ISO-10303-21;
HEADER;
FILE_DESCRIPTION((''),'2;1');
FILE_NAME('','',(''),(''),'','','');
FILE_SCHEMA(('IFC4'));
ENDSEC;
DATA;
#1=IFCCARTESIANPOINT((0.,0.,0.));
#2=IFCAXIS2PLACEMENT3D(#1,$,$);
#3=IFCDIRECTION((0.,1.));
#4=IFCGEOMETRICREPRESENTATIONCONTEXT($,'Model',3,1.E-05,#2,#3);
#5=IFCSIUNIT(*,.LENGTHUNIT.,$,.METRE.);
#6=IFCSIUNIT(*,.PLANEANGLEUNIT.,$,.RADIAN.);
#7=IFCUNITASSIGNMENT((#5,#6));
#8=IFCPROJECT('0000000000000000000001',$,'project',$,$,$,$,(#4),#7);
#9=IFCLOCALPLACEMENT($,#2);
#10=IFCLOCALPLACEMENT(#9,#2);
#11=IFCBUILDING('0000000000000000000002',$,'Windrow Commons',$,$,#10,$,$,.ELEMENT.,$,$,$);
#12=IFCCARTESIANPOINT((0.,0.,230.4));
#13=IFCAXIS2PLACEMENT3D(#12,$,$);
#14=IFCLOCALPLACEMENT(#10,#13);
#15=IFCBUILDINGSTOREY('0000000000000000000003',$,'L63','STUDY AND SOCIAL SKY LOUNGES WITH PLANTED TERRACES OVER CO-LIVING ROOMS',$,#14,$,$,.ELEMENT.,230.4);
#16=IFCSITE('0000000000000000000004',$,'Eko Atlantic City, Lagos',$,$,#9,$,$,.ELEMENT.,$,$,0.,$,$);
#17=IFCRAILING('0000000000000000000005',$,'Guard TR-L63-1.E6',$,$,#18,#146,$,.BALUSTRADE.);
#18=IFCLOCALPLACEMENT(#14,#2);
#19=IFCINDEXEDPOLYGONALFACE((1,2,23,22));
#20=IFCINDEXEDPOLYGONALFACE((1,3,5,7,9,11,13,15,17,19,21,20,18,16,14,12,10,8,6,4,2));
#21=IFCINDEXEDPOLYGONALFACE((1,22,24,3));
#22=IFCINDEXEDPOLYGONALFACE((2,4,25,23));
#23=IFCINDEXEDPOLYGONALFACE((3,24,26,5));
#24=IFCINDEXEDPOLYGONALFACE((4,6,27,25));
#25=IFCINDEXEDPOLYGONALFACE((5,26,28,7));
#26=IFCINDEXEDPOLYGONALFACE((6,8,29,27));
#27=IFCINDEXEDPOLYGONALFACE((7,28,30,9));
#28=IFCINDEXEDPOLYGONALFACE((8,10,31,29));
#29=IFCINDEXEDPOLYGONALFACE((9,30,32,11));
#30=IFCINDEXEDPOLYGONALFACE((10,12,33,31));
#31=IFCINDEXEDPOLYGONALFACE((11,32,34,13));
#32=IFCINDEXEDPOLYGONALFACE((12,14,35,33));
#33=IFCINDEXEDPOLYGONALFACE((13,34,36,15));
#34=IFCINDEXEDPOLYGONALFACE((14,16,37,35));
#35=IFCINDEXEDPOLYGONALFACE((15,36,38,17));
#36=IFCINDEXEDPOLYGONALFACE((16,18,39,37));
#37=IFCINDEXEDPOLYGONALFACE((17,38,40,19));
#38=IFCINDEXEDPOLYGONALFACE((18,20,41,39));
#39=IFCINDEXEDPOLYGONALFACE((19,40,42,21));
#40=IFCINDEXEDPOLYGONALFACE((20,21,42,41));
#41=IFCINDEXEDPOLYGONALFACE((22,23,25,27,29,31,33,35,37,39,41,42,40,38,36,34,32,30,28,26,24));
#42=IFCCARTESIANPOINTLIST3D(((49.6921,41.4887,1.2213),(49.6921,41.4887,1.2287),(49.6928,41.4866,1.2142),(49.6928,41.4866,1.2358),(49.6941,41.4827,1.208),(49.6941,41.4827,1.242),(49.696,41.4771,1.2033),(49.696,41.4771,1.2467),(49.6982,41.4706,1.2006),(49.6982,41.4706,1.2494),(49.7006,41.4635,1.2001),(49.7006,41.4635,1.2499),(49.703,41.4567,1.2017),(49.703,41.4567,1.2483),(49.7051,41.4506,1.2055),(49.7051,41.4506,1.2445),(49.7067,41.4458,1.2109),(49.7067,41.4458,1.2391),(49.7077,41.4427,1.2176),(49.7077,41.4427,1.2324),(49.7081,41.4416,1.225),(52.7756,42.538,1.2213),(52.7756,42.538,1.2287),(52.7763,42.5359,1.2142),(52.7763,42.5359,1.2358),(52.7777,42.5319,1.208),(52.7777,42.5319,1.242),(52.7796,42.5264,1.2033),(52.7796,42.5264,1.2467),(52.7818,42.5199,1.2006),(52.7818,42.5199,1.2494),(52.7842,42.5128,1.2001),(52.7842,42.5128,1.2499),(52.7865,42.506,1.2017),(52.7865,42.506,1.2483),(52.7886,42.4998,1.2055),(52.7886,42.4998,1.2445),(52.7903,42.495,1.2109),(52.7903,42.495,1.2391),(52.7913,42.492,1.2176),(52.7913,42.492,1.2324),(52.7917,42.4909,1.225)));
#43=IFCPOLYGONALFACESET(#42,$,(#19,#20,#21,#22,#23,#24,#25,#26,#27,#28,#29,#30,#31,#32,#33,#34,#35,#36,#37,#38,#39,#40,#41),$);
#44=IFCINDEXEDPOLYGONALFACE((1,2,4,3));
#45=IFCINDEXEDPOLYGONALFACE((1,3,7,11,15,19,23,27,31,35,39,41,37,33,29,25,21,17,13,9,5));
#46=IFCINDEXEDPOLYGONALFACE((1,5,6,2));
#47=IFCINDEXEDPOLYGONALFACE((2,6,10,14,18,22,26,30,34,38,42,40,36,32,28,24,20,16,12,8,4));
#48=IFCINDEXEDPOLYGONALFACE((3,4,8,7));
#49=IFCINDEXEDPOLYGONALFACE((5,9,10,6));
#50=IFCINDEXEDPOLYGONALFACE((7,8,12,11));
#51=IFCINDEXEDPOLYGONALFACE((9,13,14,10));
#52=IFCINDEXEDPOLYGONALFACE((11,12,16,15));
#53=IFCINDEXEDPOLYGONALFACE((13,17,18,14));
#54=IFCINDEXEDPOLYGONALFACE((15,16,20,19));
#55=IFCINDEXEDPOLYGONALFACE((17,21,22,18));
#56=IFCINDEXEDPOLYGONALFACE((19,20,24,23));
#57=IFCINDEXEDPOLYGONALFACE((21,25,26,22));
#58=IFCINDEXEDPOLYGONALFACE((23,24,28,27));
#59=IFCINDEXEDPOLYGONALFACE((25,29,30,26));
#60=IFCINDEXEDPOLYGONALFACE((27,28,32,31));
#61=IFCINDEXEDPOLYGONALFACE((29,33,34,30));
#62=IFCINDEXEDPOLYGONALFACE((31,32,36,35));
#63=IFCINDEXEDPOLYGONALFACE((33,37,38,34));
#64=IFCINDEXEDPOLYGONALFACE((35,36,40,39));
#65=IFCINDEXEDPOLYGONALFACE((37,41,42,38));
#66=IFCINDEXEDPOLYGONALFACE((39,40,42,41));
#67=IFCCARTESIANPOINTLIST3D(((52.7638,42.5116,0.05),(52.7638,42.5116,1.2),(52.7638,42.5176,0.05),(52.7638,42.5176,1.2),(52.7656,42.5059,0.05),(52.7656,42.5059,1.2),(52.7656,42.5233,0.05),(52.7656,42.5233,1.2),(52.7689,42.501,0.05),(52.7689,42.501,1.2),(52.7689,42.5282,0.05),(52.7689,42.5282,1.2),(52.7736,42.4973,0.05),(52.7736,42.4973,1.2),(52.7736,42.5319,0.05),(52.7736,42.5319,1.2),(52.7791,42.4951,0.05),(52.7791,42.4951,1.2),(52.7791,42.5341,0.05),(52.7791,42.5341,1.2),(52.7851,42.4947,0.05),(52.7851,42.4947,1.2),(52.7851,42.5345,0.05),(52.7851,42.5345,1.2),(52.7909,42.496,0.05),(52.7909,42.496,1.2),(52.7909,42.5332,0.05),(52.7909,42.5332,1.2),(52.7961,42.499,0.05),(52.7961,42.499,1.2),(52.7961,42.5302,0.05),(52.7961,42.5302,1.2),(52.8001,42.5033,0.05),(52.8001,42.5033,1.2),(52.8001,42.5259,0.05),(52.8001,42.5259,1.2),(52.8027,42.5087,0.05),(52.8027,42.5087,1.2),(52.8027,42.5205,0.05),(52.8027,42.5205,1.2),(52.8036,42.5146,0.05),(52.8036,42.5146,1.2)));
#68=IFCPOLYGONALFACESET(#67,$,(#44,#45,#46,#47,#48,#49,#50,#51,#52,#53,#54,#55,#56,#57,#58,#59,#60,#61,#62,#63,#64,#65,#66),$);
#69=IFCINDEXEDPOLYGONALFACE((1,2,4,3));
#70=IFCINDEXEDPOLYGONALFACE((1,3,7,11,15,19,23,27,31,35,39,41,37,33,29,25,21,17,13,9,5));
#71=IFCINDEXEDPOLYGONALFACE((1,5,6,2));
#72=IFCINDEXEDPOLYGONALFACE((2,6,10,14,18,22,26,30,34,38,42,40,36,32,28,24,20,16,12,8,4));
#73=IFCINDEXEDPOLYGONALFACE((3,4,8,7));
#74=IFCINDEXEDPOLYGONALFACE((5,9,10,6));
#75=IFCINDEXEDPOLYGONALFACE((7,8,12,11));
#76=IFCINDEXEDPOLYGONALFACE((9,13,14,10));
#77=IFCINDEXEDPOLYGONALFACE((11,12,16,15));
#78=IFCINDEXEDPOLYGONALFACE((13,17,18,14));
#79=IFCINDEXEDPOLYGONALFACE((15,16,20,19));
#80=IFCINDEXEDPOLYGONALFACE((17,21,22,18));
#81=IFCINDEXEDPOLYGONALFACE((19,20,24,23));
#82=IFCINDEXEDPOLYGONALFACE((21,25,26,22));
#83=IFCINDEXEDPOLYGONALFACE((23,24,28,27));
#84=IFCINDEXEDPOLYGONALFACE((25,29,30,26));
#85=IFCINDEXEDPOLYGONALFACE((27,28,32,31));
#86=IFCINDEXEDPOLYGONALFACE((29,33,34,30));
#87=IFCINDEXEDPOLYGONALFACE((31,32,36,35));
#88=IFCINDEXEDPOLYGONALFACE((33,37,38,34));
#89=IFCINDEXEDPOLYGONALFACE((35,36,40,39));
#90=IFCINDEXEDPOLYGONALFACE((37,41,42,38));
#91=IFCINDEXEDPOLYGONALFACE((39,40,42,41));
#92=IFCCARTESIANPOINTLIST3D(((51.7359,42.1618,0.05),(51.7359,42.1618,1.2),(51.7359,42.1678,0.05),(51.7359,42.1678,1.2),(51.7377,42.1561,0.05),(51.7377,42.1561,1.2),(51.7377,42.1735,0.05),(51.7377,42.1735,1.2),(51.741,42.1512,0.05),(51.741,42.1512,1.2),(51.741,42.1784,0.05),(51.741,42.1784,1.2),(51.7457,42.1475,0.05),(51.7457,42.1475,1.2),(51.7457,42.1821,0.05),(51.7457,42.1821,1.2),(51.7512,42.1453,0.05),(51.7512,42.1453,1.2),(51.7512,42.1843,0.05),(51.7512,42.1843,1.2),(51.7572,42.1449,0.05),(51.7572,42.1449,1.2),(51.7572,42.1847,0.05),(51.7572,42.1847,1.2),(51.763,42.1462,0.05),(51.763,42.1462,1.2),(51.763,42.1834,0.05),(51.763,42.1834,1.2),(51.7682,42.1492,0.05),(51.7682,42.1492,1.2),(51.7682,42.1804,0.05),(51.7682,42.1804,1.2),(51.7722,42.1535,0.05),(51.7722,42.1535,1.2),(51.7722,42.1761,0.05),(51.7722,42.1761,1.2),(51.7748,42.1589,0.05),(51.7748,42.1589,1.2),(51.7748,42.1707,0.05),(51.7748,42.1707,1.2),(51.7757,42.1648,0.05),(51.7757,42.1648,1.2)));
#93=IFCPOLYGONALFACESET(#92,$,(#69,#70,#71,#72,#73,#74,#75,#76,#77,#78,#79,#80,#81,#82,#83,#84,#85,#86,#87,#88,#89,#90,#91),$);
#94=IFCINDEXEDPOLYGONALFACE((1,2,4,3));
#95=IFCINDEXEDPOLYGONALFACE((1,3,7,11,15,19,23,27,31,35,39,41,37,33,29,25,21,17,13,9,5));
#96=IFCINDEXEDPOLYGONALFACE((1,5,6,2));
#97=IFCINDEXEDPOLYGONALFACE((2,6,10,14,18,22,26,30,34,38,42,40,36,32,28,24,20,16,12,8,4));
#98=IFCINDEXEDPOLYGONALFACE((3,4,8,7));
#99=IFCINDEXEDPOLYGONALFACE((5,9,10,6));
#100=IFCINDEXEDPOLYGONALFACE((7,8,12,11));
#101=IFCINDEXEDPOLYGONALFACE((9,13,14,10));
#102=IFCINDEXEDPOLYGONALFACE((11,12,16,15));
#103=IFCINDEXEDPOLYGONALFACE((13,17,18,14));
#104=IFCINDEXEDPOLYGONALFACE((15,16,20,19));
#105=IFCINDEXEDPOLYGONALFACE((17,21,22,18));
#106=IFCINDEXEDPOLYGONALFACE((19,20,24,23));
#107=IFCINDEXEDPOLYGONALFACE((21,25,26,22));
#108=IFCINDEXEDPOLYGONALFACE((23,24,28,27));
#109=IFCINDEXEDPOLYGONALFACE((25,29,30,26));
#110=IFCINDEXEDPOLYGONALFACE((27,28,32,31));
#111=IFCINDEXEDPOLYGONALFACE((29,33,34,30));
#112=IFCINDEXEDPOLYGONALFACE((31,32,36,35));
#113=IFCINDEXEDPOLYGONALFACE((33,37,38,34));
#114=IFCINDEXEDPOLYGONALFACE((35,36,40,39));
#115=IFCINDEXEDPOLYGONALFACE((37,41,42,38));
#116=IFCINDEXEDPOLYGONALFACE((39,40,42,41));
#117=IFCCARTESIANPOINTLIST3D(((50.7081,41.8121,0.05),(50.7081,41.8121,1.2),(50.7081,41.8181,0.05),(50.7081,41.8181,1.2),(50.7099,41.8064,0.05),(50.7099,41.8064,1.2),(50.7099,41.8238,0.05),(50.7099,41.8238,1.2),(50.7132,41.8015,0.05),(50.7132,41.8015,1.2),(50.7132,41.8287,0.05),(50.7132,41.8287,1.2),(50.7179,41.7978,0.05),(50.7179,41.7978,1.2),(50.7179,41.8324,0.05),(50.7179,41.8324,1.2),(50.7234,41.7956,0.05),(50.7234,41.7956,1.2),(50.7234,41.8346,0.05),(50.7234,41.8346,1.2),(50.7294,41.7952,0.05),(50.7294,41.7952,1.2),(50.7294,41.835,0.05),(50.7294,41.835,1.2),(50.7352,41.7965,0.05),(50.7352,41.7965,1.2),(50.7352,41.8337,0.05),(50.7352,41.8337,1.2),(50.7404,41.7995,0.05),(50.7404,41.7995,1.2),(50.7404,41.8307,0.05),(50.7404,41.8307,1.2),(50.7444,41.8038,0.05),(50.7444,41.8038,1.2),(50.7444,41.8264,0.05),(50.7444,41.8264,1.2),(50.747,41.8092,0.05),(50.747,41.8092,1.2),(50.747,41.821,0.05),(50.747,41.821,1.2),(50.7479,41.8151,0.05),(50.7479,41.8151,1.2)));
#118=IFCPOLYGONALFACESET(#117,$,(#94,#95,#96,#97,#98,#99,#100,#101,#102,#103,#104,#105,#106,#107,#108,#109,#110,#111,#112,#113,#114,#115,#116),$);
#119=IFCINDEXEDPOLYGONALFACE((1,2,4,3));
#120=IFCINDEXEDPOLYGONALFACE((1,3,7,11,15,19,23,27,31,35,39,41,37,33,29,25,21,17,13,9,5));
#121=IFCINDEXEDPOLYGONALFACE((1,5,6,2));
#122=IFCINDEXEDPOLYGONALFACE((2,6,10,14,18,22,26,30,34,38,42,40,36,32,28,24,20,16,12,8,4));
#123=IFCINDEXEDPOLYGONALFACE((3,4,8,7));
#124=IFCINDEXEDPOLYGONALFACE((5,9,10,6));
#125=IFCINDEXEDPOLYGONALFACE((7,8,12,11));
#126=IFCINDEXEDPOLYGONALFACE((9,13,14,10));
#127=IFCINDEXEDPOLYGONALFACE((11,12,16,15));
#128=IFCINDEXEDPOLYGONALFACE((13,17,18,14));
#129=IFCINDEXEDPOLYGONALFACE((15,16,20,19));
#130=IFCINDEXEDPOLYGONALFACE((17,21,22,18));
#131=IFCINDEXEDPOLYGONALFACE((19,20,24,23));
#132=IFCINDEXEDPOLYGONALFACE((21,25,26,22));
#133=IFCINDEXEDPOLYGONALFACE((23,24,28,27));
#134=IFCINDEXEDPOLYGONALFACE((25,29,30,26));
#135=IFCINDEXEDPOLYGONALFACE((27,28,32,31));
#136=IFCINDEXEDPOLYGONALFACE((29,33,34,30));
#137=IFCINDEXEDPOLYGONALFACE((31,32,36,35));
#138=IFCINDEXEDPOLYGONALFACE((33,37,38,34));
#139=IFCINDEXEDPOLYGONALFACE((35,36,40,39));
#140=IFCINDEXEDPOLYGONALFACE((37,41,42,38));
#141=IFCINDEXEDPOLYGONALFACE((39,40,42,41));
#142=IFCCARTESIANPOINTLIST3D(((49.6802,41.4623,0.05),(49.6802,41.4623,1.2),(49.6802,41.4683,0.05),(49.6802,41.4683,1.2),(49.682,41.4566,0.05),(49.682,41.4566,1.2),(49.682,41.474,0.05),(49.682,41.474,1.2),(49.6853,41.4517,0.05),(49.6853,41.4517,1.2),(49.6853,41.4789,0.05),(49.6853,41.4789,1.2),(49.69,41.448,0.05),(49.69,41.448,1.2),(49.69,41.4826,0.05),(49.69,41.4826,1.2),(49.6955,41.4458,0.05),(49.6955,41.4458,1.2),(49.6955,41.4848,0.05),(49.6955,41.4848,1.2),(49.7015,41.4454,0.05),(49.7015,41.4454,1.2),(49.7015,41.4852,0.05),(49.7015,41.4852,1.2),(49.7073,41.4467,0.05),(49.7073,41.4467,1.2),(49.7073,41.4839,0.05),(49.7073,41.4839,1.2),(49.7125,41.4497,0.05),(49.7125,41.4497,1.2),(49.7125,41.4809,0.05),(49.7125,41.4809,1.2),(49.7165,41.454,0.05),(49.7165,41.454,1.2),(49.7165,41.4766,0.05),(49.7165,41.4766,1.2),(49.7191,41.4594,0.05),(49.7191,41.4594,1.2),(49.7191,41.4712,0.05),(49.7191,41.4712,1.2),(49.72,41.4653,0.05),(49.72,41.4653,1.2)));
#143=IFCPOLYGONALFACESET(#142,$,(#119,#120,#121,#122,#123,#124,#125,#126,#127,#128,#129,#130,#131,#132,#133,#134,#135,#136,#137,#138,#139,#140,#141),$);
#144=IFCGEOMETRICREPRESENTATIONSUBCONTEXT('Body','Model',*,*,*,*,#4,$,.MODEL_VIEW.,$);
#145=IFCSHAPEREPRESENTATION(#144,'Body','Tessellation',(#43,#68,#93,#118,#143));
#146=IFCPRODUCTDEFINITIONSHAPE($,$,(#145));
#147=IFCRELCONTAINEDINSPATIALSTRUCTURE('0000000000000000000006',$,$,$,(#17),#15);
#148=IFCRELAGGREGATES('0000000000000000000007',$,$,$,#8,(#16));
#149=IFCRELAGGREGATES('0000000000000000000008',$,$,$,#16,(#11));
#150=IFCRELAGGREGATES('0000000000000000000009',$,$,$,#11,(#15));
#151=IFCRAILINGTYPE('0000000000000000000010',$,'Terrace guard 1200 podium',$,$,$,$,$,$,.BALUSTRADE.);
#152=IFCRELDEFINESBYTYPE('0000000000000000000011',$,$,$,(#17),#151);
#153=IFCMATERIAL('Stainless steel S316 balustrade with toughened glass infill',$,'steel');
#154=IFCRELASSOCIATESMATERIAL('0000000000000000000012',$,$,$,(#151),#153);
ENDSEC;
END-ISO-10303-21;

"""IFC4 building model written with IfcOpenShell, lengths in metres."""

from ifc_helpers import new_model, si_unit, direction, frame, origin, origin_2d, place, context, subcontext, project, spatial, circle, extrude, material, type_object, element, save


model = new_model("IFC4")

# Units and contexts
model_context = context("Model", 3, precision=1e-05, world=origin(), true_north=direction((0.0, 1.0)))
body_context = subcontext(model_context, "Body", "Model", "MODEL_VIEW")
ifc_project = project(units=[si_unit("LENGTHUNIT", "METRE"), si_unit("PLANEANGLEUNIT", "RADIAN")], contexts=[model_context])

# Site, building, storey
site_placement = place(None, origin())
site = spatial("IfcSite", under=ifc_project, at=site_placement, Name="Eko Atlantic City, Lagos", CompositionType="ELEMENT", RefElevation=0.0)
building_placement = place(site_placement, origin())
building = spatial("IfcBuilding", under=site, at=building_placement, Name="Windrow Commons", CompositionType="ELEMENT")
storey_placement = place(building_placement, frame((0.0, 0.0, 230.4)))
storey = spatial("IfcBuildingStorey", under=building, at=storey_placement, Name="L63", Description="STUDY AND SOCIAL SKY LOUNGES WITH PLANTED TERRACES OVER CO-LIVING ROOMS", CompositionType="ELEMENT", Elevation=230.4)

# Railing
ifc_material_1 = material(Name="Stainless steel S316 balustrade with toughened glass infill", Category="steel")
railing_type = type_object("IfcRailingType", Name="Terrace guard 1200 podium", PredefinedType="BALUSTRADE", material=ifc_material_1)
railing_1_placement = place(storey_placement, frame((52.7836, 42.5146, 0.05)))
element("IfcRailing", 1, at=railing_1_placement, inside=storey, type_object=railing_type, Name="Guard TR-L63-1.E6", PredefinedType="BALUSTRADE", context=body_context, shape_type="SweptSolid", body=[
    extrude(circle(Radius=0.025, at=origin_2d()), frame((0.0, 0.0, 1.175), z_axis=(-0.946691, -0.322144, 0.0), x_axis=(0.322144, -0.946691, 0.0)), (0.0, 0.0, 1.0), 3.2572),
    extrude(circle(Radius=0.02, at=origin_2d()), origin(), (0.0, 0.0, 1.0), 1.15),
    extrude(circle(Radius=0.02, at=origin_2d()), frame((-1.0279, -0.3498, 0.0)), (0.0, 0.0, 1.0), 1.15),
    extrude(circle(Radius=0.02, at=origin_2d()), frame((-2.0557, -0.6995, 0.0)), (0.0, 0.0, 1.0), 1.15),
    extrude(circle(Radius=0.02, at=origin_2d()), frame((-3.0836, -1.0493, 0.0)), (0.0, 0.0, 1.0), 1.15),
])

save(model, "model.ifc")
